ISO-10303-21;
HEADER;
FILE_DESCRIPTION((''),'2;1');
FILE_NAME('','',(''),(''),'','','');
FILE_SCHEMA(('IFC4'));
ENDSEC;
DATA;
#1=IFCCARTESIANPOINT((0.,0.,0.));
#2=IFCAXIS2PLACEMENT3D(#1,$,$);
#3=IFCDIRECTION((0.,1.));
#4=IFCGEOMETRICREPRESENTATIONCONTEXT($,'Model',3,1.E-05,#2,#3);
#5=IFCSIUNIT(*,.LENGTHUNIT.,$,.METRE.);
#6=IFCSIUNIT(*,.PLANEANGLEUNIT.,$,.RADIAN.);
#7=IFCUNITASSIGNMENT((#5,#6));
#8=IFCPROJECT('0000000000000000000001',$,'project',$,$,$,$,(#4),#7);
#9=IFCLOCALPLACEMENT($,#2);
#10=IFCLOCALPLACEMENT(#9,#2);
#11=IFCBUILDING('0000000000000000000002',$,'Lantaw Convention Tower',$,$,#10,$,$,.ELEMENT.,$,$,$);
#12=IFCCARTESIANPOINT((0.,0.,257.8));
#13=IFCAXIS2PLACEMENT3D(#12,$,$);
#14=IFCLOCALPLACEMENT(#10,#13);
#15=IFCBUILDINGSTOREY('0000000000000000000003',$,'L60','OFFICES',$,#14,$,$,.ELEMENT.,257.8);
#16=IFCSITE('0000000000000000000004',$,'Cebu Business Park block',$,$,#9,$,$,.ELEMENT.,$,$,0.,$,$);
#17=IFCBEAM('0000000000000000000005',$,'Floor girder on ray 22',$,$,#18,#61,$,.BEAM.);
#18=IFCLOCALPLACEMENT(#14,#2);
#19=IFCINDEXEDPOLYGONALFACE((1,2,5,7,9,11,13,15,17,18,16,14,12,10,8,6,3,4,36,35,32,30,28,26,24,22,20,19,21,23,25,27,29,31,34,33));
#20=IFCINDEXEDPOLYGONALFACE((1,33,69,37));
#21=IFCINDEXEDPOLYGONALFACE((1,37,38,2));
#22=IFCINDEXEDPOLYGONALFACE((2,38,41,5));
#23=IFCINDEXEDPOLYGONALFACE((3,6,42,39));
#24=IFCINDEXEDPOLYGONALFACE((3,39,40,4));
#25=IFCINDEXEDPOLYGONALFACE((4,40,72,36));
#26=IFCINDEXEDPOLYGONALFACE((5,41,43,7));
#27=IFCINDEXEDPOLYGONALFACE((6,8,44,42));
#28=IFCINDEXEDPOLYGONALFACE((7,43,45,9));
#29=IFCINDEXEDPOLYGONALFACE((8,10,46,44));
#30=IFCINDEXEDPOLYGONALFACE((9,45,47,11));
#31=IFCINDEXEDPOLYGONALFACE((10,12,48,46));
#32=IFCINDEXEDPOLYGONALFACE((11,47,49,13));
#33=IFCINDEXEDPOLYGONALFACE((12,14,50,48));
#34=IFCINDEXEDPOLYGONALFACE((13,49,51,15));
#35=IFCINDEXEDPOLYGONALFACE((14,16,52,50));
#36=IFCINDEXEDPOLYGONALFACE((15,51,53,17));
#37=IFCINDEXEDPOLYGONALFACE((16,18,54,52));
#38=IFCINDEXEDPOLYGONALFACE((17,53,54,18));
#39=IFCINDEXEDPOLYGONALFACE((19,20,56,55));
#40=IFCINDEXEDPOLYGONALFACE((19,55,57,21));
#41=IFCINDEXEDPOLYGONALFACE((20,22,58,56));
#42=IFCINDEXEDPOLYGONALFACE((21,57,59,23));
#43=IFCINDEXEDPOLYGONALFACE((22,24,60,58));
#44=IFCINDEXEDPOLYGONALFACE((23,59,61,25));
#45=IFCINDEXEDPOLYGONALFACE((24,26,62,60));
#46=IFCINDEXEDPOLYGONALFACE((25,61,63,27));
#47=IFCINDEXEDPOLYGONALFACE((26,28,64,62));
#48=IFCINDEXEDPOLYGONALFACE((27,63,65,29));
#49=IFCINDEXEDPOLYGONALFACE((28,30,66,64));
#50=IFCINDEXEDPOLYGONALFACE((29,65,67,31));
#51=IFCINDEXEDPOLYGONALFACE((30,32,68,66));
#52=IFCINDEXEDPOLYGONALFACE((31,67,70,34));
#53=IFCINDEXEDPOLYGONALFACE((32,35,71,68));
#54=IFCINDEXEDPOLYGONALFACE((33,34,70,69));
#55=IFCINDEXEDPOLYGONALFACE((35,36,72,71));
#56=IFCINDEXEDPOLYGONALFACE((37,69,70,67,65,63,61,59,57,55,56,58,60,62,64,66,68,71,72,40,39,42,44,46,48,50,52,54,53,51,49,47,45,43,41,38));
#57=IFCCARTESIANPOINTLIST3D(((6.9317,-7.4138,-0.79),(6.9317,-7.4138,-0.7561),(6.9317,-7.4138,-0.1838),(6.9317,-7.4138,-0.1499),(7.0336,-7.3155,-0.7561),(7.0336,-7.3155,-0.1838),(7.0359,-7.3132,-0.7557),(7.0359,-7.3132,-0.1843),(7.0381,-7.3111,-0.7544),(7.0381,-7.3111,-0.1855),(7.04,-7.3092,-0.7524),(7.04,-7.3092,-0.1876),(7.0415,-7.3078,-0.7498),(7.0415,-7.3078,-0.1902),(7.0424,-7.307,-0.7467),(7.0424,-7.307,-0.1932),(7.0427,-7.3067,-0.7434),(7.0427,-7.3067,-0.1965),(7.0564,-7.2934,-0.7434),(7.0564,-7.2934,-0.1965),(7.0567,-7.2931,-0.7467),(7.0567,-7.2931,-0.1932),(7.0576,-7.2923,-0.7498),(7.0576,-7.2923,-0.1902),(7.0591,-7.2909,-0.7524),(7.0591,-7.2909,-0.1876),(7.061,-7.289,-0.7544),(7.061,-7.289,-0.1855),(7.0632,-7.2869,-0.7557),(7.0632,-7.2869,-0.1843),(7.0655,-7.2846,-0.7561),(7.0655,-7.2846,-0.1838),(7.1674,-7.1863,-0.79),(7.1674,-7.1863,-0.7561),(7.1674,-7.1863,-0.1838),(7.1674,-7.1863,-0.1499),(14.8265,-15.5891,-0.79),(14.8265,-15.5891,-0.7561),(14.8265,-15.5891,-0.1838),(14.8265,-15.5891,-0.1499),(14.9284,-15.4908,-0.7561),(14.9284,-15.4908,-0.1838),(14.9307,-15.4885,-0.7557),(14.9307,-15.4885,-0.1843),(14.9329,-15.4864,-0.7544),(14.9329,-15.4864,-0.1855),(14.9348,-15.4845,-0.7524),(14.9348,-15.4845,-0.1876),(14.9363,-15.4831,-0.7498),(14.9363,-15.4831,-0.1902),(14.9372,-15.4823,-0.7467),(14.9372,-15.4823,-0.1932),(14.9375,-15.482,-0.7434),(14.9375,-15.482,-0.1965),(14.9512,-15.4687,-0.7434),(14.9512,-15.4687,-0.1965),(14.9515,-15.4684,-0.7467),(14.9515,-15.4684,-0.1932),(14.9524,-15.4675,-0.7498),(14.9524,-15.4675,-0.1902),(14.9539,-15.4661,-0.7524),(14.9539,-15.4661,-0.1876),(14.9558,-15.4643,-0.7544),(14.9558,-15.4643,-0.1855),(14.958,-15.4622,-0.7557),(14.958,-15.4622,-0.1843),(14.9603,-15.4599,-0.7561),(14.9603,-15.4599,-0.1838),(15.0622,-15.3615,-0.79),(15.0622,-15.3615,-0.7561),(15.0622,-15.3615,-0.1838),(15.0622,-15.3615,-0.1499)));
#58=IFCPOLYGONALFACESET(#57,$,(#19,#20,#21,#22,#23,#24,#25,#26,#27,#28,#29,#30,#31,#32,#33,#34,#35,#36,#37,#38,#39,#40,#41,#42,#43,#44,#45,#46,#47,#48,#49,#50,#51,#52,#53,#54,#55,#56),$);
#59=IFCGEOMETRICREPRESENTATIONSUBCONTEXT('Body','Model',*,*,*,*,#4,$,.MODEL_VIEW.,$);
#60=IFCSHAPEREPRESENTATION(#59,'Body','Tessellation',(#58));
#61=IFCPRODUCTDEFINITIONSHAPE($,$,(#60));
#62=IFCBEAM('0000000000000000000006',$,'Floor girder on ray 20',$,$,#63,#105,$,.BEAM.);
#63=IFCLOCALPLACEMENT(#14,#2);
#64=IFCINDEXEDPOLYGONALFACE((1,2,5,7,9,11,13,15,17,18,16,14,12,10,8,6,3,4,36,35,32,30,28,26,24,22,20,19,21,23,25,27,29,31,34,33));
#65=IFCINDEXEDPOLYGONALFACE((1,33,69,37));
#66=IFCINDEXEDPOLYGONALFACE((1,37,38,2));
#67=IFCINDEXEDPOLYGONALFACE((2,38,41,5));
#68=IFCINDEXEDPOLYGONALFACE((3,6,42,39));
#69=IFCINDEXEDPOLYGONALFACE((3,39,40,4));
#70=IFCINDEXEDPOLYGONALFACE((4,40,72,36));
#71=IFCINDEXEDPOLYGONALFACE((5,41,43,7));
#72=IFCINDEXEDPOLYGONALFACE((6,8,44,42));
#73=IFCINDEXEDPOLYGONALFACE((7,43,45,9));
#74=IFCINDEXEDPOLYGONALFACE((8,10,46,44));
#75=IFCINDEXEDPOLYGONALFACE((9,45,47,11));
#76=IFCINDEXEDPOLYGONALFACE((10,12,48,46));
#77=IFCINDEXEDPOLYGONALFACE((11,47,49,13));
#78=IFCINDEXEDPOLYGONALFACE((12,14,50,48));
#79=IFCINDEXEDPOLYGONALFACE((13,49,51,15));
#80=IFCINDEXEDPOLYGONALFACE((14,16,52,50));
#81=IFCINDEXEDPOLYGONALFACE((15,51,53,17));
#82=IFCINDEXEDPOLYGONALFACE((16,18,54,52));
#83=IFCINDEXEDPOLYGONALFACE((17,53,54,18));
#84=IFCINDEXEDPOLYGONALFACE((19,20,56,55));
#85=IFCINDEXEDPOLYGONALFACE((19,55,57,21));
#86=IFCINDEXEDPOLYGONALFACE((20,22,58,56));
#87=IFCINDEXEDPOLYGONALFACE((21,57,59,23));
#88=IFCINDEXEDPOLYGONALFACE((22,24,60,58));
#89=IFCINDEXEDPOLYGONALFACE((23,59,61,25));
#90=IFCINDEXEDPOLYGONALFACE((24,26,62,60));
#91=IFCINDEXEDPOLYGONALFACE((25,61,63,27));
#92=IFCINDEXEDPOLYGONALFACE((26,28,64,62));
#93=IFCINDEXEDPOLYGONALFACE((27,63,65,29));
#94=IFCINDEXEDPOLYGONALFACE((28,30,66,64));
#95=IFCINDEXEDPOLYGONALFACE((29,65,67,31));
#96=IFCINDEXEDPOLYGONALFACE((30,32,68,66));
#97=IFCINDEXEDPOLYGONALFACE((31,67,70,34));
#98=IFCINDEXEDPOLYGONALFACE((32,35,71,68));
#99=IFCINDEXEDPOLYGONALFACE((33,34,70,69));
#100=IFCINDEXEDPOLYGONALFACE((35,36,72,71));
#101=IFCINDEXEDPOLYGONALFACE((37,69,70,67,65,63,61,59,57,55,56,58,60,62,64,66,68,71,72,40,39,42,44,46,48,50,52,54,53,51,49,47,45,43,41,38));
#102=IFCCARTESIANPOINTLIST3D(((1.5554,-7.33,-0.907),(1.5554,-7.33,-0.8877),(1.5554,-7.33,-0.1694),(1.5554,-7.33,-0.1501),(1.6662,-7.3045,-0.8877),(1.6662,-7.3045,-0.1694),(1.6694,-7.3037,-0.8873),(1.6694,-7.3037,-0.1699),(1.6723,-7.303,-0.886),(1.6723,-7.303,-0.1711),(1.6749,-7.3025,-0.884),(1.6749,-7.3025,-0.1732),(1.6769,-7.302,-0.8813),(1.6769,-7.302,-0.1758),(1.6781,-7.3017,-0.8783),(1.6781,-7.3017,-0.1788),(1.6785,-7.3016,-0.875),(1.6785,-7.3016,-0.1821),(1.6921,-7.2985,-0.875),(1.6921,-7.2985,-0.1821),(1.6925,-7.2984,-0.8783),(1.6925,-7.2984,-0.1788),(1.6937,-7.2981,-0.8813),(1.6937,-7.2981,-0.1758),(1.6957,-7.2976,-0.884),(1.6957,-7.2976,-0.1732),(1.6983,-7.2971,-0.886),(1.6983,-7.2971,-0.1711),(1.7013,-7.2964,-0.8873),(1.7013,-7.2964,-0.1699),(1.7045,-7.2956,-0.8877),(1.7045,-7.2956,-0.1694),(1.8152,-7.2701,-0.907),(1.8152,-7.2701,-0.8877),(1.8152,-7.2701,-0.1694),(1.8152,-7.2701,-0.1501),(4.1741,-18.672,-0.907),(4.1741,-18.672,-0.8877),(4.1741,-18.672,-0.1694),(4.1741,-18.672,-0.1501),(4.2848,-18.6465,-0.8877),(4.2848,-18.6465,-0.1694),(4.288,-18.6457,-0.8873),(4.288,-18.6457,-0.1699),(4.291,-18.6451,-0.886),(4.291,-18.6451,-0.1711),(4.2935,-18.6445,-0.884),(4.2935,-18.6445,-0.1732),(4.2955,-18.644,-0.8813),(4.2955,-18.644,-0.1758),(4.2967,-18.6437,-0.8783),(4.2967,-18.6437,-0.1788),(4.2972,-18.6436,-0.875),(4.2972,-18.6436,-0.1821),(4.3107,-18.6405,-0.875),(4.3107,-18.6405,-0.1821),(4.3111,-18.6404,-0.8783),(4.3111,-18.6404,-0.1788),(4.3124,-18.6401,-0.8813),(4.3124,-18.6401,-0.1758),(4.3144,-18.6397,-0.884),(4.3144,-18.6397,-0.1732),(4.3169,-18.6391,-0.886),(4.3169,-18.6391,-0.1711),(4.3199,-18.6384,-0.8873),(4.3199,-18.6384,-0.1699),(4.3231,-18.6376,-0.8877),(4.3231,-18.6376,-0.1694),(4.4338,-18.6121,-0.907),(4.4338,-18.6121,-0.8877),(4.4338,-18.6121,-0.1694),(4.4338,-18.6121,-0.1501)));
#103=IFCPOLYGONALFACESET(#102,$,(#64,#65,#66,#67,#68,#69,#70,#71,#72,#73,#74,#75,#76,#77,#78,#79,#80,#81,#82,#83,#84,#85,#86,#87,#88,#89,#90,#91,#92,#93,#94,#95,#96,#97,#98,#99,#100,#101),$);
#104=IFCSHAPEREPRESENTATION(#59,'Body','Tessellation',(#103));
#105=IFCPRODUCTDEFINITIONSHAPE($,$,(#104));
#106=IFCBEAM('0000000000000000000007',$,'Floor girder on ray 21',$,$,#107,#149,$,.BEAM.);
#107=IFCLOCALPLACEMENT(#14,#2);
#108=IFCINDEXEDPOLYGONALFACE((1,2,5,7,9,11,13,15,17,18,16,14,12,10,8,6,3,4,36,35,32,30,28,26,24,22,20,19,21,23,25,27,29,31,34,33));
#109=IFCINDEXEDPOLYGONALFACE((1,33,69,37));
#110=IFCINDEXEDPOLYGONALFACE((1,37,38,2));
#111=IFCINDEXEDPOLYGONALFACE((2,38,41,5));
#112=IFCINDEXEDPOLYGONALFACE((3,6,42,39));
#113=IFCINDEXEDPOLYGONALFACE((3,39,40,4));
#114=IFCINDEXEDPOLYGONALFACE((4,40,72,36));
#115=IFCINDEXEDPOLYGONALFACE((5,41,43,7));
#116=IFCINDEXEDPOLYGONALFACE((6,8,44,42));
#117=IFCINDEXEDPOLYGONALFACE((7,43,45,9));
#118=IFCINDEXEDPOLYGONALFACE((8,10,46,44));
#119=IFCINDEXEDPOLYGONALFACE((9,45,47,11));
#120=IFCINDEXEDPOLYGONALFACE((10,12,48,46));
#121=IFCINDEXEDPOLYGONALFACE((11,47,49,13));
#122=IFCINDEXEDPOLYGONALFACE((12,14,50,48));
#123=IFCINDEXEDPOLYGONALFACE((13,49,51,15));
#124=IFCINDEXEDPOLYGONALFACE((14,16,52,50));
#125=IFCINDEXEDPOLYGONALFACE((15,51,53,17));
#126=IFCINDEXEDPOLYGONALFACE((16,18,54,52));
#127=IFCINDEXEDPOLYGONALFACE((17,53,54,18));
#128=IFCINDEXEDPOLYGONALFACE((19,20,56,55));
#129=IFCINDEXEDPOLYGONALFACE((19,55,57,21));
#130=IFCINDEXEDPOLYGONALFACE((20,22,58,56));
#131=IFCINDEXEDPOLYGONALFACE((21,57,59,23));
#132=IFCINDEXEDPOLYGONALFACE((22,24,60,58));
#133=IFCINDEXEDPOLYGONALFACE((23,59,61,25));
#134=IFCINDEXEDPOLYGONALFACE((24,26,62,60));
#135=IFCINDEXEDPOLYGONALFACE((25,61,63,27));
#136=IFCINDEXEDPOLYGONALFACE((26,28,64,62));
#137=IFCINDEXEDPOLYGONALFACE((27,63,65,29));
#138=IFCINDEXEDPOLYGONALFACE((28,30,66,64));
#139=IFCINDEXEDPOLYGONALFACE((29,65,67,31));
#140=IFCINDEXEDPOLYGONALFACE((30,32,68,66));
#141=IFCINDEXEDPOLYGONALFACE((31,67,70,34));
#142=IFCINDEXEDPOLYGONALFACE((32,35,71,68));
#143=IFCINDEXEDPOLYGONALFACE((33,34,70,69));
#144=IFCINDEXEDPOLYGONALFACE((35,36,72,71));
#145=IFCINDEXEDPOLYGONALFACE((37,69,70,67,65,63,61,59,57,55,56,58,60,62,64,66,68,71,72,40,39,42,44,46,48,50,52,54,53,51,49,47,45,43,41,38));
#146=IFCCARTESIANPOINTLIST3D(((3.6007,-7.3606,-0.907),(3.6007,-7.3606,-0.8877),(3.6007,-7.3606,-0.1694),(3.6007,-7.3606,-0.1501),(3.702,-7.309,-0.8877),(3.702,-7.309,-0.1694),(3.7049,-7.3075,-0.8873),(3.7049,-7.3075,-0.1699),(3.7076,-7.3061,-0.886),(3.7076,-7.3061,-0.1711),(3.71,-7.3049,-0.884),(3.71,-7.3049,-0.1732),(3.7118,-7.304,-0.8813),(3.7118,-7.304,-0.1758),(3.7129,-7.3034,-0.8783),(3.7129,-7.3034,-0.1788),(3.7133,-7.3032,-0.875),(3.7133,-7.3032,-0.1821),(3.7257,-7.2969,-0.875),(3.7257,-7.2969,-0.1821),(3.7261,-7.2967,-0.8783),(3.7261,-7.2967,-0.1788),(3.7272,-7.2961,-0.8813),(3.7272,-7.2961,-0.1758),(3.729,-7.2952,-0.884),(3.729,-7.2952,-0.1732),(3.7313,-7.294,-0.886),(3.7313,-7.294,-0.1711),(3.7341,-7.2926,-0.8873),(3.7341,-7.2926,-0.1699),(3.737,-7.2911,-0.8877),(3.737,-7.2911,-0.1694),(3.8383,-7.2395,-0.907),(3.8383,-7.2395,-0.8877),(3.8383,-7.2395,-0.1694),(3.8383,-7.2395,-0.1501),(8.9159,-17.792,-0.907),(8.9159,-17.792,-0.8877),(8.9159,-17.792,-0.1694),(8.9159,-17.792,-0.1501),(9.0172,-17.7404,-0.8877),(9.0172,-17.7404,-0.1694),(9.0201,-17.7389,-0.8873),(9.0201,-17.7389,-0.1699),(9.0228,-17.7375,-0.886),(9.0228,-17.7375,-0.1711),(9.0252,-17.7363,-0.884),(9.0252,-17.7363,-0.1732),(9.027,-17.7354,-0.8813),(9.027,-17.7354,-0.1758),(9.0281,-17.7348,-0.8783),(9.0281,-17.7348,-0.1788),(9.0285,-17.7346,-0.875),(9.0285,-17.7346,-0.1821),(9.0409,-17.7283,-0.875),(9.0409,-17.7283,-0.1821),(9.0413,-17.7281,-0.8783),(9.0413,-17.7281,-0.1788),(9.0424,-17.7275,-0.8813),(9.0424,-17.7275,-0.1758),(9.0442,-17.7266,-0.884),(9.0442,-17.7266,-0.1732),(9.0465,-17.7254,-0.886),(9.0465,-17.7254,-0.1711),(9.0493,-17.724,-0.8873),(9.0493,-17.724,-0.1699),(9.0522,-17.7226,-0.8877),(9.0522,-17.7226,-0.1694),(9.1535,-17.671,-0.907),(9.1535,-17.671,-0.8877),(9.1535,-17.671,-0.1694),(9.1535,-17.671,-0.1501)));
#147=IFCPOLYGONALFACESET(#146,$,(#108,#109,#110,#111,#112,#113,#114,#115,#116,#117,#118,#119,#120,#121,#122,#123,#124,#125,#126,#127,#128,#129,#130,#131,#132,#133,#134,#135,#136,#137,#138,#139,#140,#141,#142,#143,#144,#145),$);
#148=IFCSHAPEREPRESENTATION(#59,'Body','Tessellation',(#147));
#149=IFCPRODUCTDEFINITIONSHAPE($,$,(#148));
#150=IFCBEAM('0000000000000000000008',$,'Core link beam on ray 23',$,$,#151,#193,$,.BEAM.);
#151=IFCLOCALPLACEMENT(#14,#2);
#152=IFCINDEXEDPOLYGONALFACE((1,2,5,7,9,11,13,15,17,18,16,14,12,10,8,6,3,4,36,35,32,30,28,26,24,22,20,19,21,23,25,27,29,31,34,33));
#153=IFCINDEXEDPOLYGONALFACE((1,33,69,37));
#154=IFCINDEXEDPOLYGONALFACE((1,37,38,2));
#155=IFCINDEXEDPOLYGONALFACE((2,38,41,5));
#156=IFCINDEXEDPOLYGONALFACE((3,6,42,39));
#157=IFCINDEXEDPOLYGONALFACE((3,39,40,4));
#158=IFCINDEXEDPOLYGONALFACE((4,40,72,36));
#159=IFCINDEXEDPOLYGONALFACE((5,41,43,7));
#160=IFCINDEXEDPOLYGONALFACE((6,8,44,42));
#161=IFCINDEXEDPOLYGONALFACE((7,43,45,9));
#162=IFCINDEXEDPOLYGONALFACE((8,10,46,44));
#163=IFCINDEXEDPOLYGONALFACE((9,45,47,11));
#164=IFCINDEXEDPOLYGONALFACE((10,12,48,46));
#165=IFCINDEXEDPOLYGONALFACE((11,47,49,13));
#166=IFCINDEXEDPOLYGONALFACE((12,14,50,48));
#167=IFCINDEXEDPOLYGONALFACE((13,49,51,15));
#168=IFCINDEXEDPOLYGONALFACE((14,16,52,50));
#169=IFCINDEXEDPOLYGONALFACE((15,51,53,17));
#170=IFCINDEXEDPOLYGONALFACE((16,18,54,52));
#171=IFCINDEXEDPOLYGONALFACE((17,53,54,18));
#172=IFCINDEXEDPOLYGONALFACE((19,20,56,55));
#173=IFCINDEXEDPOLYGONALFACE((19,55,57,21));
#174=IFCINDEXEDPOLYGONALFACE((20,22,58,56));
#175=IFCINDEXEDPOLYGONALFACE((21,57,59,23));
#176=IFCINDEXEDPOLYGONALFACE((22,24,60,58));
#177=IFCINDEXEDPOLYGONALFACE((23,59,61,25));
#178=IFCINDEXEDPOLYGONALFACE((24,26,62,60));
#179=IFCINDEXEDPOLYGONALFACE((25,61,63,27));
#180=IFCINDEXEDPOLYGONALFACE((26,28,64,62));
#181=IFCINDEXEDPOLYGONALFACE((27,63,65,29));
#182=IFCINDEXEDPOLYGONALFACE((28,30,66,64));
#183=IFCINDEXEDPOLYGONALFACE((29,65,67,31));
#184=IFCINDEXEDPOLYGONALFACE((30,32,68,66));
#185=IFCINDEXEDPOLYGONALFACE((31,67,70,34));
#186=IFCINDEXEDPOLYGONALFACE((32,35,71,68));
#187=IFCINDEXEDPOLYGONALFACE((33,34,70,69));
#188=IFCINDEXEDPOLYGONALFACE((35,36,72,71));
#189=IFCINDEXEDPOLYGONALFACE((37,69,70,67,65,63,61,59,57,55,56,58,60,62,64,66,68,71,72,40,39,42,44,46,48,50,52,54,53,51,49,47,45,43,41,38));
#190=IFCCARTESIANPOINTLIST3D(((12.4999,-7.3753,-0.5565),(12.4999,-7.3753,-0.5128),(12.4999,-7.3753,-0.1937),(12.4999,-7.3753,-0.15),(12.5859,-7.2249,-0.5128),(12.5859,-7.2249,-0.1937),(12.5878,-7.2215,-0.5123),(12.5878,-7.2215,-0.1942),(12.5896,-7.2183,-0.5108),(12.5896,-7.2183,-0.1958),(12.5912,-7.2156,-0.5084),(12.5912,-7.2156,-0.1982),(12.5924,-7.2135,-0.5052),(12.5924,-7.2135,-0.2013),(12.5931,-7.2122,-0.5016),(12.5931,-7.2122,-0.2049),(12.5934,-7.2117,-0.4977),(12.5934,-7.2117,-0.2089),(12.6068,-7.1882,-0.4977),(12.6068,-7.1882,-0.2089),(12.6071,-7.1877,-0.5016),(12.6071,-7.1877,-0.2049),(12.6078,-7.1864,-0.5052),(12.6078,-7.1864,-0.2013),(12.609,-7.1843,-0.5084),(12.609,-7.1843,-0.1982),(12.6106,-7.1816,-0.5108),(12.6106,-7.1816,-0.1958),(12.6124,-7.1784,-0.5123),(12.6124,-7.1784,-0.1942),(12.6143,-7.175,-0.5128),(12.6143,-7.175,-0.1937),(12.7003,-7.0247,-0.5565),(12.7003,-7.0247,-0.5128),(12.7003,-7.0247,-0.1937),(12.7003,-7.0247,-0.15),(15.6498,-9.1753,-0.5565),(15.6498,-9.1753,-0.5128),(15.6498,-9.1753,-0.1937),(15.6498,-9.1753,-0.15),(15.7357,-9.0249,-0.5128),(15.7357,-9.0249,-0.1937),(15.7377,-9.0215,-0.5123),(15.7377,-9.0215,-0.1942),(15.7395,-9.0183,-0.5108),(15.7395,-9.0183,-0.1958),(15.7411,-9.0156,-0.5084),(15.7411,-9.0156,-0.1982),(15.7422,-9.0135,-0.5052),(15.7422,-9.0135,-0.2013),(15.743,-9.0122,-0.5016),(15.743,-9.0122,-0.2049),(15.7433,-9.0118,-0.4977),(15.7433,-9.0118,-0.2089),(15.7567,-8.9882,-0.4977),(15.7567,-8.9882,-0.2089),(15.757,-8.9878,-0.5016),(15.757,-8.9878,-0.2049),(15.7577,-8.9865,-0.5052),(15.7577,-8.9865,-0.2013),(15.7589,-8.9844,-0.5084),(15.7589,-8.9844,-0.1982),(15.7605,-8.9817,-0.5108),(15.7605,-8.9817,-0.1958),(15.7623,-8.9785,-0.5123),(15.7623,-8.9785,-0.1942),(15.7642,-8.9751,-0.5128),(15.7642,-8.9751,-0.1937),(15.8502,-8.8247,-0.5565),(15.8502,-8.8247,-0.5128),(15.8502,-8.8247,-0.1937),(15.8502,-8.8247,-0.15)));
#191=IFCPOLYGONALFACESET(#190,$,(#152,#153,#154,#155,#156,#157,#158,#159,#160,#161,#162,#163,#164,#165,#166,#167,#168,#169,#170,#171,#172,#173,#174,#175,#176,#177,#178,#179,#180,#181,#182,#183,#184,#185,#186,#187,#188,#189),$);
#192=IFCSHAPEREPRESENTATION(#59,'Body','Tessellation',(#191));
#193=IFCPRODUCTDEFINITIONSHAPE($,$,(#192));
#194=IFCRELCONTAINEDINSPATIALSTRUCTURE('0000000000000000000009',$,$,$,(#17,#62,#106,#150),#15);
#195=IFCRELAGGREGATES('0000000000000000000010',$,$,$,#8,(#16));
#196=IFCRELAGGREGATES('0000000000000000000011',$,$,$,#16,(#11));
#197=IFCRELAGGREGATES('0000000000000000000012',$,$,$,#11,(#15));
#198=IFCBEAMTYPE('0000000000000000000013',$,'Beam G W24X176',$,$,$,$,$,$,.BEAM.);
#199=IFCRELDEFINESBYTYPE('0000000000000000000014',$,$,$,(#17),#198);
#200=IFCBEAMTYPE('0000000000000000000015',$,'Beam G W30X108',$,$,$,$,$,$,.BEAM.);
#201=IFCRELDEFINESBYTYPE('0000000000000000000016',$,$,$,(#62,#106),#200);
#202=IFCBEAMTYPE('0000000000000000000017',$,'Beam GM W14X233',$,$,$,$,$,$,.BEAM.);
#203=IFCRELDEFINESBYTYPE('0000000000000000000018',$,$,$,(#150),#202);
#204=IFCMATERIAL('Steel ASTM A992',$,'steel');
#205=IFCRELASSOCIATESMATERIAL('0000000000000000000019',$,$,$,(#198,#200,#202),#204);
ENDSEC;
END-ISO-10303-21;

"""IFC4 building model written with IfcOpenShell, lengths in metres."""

from ifc_helpers import new_model, si_unit, direction, frame, origin, origin_2d, place, context, subcontext, project, spatial, i_section, extrude, material, material_profile, profile_set, type_object, element, save


model = new_model("IFC4")

# Units and contexts
model_context = context("Model", 3, precision=1e-05, world=origin(), true_north=direction((0.0, 1.0)))
body_context = subcontext(model_context, "Body", "Model", "MODEL_VIEW")
ifc_project = project(units=[si_unit("LENGTHUNIT", "METRE"), si_unit("PLANEANGLEUNIT", "RADIAN")], contexts=[model_context])

# Site, building, storey
site_placement = place(None, origin())
site = spatial("IfcSite", under=ifc_project, at=site_placement, Name="Cebu Business Park block", CompositionType="ELEMENT", RefElevation=0.0)
building_placement = place(site_placement, origin())
building = spatial("IfcBuilding", under=site, at=building_placement, Name="Lantaw Convention Tower", CompositionType="ELEMENT")
storey_placement = place(building_placement, frame((0.0, 0.0, 257.8)))
storey = spatial("IfcBuildingStorey", under=building, at=storey_placement, Name="L60", Description="OFFICES", CompositionType="ELEMENT", Elevation=257.8)

# Beams
ifc_material_1 = material(Name="Steel ASTM A992", Category="steel")
ifc_material_profile_1 = material_profile(ifc_material_1, i_section(OverallWidth=0.3276, OverallDepth=0.6401, WebThickness=0.019, FlangeThickness=0.0339, FilletRadius=0.0127, at=origin_2d()), Name="W24X176")
ifc_profile_set_1 = profile_set([ifc_material_profile_1], Name="Steel ASTM A992")
beam_type_1 = type_object("IfcBeamType", Name="Beam G W24X176", PredefinedType="BEAM", material=ifc_profile_set_1)
beam_1_placement = place(storey_placement, frame((7.0496, -7.3, -0.47), z_axis=(0.694658, -0.71934, 0.0), x_axis=(0.71934, 0.694658, 0.0)))
element("IfcBeam", 1, at=beam_1_placement, inside=storey, type_object=beam_type_1, Name="Floor girder on ray 22", PredefinedType="BEAM", context=body_context, shape_type="SweptSolid", body=[
    extrude(i_section(OverallWidth=0.3276, OverallDepth=0.6401, WebThickness=0.019, FlangeThickness=0.0339, FilletRadius=0.0127, at=origin_2d()), origin(), (0.0, 0.0, 1.0), 11.365),
])
ifc_material_profile_2 = material_profile(ifc_material_1, i_section(OverallWidth=0.2666, OverallDepth=0.7568, WebThickness=0.0139, FlangeThickness=0.0193, FilletRadius=0.0127, at=origin_2d()), Name="W30X108")
ifc_profile_set_2 = profile_set([ifc_material_profile_2], Name="Steel ASTM A992")
beam_type_2 = type_object("IfcBeamType", Name="Beam G W30X108", PredefinedType="BEAM", material=ifc_profile_set_2)
beam_2_placement = place(storey_placement, frame((1.6853, -7.3, -0.5286), z_axis=(0.224962, -0.974368, 0.0), x_axis=(0.974368, 0.224962, 0.0)))
element("IfcBeam", 2, at=beam_2_placement, inside=storey, type_object=beam_type_2, Name="Floor girder on ray 20", PredefinedType="BEAM", context=body_context, shape_type="SweptSolid", body=[
    extrude(i_section(OverallWidth=0.2666, OverallDepth=0.7568, WebThickness=0.0139, FlangeThickness=0.0193, FilletRadius=0.0127, at=origin_2d()), origin(), (0.0, 0.0, 1.0), 11.6404),
])
beam_3_placement = place(storey_placement, frame((3.7195, -7.3, -0.5286), z_axis=(0.453999, -0.891002, 0.0), x_axis=(0.891002, 0.453999, 0.0)))
element("IfcBeam", 3, at=beam_3_placement, inside=storey, type_object=beam_type_2, Name="Floor girder on ray 21", PredefinedType="BEAM", context=body_context, shape_type="SweptSolid", body=[
    extrude(i_section(OverallWidth=0.2666, OverallDepth=0.7568, WebThickness=0.0139, FlangeThickness=0.0193, FilletRadius=0.0127, at=origin_2d()), origin(), (0.0, 0.0, 1.0), 11.7075),
])
ifc_material_profile_3 = material_profile(ifc_material_1, i_section(OverallWidth=0.4038, OverallDepth=0.4065, WebThickness=0.0271, FlangeThickness=0.0437, FilletRadius=0.0151, at=origin_2d()), Name="W14X233")
ifc_profile_set_3 = profile_set([ifc_material_profile_3], Name="Steel ASTM A992")
beam_type_3 = type_object("IfcBeamType", Name="Beam GM W14X233", PredefinedType="BEAM", material=ifc_profile_set_3)
beam_4_placement = place(storey_placement, frame((12.6001, -7.2, -0.3533), z_axis=(0.868231, -0.496161, 0.0), x_axis=(0.496161, 0.868231, 0.0)))
element("IfcBeam", 4, at=beam_4_placement, inside=storey, type_object=beam_type_3, Name="Core link beam on ray 23", PredefinedType="BEAM", context=body_context, shape_type="SweptSolid", body=[
    extrude(i_section(OverallWidth=0.4038, OverallDepth=0.4065, WebThickness=0.0271, FlangeThickness=0.0437, FilletRadius=0.0151, at=origin_2d()), origin(), (0.0, 0.0, 1.0), 3.6279),
])

save(model, "model.ifc")
